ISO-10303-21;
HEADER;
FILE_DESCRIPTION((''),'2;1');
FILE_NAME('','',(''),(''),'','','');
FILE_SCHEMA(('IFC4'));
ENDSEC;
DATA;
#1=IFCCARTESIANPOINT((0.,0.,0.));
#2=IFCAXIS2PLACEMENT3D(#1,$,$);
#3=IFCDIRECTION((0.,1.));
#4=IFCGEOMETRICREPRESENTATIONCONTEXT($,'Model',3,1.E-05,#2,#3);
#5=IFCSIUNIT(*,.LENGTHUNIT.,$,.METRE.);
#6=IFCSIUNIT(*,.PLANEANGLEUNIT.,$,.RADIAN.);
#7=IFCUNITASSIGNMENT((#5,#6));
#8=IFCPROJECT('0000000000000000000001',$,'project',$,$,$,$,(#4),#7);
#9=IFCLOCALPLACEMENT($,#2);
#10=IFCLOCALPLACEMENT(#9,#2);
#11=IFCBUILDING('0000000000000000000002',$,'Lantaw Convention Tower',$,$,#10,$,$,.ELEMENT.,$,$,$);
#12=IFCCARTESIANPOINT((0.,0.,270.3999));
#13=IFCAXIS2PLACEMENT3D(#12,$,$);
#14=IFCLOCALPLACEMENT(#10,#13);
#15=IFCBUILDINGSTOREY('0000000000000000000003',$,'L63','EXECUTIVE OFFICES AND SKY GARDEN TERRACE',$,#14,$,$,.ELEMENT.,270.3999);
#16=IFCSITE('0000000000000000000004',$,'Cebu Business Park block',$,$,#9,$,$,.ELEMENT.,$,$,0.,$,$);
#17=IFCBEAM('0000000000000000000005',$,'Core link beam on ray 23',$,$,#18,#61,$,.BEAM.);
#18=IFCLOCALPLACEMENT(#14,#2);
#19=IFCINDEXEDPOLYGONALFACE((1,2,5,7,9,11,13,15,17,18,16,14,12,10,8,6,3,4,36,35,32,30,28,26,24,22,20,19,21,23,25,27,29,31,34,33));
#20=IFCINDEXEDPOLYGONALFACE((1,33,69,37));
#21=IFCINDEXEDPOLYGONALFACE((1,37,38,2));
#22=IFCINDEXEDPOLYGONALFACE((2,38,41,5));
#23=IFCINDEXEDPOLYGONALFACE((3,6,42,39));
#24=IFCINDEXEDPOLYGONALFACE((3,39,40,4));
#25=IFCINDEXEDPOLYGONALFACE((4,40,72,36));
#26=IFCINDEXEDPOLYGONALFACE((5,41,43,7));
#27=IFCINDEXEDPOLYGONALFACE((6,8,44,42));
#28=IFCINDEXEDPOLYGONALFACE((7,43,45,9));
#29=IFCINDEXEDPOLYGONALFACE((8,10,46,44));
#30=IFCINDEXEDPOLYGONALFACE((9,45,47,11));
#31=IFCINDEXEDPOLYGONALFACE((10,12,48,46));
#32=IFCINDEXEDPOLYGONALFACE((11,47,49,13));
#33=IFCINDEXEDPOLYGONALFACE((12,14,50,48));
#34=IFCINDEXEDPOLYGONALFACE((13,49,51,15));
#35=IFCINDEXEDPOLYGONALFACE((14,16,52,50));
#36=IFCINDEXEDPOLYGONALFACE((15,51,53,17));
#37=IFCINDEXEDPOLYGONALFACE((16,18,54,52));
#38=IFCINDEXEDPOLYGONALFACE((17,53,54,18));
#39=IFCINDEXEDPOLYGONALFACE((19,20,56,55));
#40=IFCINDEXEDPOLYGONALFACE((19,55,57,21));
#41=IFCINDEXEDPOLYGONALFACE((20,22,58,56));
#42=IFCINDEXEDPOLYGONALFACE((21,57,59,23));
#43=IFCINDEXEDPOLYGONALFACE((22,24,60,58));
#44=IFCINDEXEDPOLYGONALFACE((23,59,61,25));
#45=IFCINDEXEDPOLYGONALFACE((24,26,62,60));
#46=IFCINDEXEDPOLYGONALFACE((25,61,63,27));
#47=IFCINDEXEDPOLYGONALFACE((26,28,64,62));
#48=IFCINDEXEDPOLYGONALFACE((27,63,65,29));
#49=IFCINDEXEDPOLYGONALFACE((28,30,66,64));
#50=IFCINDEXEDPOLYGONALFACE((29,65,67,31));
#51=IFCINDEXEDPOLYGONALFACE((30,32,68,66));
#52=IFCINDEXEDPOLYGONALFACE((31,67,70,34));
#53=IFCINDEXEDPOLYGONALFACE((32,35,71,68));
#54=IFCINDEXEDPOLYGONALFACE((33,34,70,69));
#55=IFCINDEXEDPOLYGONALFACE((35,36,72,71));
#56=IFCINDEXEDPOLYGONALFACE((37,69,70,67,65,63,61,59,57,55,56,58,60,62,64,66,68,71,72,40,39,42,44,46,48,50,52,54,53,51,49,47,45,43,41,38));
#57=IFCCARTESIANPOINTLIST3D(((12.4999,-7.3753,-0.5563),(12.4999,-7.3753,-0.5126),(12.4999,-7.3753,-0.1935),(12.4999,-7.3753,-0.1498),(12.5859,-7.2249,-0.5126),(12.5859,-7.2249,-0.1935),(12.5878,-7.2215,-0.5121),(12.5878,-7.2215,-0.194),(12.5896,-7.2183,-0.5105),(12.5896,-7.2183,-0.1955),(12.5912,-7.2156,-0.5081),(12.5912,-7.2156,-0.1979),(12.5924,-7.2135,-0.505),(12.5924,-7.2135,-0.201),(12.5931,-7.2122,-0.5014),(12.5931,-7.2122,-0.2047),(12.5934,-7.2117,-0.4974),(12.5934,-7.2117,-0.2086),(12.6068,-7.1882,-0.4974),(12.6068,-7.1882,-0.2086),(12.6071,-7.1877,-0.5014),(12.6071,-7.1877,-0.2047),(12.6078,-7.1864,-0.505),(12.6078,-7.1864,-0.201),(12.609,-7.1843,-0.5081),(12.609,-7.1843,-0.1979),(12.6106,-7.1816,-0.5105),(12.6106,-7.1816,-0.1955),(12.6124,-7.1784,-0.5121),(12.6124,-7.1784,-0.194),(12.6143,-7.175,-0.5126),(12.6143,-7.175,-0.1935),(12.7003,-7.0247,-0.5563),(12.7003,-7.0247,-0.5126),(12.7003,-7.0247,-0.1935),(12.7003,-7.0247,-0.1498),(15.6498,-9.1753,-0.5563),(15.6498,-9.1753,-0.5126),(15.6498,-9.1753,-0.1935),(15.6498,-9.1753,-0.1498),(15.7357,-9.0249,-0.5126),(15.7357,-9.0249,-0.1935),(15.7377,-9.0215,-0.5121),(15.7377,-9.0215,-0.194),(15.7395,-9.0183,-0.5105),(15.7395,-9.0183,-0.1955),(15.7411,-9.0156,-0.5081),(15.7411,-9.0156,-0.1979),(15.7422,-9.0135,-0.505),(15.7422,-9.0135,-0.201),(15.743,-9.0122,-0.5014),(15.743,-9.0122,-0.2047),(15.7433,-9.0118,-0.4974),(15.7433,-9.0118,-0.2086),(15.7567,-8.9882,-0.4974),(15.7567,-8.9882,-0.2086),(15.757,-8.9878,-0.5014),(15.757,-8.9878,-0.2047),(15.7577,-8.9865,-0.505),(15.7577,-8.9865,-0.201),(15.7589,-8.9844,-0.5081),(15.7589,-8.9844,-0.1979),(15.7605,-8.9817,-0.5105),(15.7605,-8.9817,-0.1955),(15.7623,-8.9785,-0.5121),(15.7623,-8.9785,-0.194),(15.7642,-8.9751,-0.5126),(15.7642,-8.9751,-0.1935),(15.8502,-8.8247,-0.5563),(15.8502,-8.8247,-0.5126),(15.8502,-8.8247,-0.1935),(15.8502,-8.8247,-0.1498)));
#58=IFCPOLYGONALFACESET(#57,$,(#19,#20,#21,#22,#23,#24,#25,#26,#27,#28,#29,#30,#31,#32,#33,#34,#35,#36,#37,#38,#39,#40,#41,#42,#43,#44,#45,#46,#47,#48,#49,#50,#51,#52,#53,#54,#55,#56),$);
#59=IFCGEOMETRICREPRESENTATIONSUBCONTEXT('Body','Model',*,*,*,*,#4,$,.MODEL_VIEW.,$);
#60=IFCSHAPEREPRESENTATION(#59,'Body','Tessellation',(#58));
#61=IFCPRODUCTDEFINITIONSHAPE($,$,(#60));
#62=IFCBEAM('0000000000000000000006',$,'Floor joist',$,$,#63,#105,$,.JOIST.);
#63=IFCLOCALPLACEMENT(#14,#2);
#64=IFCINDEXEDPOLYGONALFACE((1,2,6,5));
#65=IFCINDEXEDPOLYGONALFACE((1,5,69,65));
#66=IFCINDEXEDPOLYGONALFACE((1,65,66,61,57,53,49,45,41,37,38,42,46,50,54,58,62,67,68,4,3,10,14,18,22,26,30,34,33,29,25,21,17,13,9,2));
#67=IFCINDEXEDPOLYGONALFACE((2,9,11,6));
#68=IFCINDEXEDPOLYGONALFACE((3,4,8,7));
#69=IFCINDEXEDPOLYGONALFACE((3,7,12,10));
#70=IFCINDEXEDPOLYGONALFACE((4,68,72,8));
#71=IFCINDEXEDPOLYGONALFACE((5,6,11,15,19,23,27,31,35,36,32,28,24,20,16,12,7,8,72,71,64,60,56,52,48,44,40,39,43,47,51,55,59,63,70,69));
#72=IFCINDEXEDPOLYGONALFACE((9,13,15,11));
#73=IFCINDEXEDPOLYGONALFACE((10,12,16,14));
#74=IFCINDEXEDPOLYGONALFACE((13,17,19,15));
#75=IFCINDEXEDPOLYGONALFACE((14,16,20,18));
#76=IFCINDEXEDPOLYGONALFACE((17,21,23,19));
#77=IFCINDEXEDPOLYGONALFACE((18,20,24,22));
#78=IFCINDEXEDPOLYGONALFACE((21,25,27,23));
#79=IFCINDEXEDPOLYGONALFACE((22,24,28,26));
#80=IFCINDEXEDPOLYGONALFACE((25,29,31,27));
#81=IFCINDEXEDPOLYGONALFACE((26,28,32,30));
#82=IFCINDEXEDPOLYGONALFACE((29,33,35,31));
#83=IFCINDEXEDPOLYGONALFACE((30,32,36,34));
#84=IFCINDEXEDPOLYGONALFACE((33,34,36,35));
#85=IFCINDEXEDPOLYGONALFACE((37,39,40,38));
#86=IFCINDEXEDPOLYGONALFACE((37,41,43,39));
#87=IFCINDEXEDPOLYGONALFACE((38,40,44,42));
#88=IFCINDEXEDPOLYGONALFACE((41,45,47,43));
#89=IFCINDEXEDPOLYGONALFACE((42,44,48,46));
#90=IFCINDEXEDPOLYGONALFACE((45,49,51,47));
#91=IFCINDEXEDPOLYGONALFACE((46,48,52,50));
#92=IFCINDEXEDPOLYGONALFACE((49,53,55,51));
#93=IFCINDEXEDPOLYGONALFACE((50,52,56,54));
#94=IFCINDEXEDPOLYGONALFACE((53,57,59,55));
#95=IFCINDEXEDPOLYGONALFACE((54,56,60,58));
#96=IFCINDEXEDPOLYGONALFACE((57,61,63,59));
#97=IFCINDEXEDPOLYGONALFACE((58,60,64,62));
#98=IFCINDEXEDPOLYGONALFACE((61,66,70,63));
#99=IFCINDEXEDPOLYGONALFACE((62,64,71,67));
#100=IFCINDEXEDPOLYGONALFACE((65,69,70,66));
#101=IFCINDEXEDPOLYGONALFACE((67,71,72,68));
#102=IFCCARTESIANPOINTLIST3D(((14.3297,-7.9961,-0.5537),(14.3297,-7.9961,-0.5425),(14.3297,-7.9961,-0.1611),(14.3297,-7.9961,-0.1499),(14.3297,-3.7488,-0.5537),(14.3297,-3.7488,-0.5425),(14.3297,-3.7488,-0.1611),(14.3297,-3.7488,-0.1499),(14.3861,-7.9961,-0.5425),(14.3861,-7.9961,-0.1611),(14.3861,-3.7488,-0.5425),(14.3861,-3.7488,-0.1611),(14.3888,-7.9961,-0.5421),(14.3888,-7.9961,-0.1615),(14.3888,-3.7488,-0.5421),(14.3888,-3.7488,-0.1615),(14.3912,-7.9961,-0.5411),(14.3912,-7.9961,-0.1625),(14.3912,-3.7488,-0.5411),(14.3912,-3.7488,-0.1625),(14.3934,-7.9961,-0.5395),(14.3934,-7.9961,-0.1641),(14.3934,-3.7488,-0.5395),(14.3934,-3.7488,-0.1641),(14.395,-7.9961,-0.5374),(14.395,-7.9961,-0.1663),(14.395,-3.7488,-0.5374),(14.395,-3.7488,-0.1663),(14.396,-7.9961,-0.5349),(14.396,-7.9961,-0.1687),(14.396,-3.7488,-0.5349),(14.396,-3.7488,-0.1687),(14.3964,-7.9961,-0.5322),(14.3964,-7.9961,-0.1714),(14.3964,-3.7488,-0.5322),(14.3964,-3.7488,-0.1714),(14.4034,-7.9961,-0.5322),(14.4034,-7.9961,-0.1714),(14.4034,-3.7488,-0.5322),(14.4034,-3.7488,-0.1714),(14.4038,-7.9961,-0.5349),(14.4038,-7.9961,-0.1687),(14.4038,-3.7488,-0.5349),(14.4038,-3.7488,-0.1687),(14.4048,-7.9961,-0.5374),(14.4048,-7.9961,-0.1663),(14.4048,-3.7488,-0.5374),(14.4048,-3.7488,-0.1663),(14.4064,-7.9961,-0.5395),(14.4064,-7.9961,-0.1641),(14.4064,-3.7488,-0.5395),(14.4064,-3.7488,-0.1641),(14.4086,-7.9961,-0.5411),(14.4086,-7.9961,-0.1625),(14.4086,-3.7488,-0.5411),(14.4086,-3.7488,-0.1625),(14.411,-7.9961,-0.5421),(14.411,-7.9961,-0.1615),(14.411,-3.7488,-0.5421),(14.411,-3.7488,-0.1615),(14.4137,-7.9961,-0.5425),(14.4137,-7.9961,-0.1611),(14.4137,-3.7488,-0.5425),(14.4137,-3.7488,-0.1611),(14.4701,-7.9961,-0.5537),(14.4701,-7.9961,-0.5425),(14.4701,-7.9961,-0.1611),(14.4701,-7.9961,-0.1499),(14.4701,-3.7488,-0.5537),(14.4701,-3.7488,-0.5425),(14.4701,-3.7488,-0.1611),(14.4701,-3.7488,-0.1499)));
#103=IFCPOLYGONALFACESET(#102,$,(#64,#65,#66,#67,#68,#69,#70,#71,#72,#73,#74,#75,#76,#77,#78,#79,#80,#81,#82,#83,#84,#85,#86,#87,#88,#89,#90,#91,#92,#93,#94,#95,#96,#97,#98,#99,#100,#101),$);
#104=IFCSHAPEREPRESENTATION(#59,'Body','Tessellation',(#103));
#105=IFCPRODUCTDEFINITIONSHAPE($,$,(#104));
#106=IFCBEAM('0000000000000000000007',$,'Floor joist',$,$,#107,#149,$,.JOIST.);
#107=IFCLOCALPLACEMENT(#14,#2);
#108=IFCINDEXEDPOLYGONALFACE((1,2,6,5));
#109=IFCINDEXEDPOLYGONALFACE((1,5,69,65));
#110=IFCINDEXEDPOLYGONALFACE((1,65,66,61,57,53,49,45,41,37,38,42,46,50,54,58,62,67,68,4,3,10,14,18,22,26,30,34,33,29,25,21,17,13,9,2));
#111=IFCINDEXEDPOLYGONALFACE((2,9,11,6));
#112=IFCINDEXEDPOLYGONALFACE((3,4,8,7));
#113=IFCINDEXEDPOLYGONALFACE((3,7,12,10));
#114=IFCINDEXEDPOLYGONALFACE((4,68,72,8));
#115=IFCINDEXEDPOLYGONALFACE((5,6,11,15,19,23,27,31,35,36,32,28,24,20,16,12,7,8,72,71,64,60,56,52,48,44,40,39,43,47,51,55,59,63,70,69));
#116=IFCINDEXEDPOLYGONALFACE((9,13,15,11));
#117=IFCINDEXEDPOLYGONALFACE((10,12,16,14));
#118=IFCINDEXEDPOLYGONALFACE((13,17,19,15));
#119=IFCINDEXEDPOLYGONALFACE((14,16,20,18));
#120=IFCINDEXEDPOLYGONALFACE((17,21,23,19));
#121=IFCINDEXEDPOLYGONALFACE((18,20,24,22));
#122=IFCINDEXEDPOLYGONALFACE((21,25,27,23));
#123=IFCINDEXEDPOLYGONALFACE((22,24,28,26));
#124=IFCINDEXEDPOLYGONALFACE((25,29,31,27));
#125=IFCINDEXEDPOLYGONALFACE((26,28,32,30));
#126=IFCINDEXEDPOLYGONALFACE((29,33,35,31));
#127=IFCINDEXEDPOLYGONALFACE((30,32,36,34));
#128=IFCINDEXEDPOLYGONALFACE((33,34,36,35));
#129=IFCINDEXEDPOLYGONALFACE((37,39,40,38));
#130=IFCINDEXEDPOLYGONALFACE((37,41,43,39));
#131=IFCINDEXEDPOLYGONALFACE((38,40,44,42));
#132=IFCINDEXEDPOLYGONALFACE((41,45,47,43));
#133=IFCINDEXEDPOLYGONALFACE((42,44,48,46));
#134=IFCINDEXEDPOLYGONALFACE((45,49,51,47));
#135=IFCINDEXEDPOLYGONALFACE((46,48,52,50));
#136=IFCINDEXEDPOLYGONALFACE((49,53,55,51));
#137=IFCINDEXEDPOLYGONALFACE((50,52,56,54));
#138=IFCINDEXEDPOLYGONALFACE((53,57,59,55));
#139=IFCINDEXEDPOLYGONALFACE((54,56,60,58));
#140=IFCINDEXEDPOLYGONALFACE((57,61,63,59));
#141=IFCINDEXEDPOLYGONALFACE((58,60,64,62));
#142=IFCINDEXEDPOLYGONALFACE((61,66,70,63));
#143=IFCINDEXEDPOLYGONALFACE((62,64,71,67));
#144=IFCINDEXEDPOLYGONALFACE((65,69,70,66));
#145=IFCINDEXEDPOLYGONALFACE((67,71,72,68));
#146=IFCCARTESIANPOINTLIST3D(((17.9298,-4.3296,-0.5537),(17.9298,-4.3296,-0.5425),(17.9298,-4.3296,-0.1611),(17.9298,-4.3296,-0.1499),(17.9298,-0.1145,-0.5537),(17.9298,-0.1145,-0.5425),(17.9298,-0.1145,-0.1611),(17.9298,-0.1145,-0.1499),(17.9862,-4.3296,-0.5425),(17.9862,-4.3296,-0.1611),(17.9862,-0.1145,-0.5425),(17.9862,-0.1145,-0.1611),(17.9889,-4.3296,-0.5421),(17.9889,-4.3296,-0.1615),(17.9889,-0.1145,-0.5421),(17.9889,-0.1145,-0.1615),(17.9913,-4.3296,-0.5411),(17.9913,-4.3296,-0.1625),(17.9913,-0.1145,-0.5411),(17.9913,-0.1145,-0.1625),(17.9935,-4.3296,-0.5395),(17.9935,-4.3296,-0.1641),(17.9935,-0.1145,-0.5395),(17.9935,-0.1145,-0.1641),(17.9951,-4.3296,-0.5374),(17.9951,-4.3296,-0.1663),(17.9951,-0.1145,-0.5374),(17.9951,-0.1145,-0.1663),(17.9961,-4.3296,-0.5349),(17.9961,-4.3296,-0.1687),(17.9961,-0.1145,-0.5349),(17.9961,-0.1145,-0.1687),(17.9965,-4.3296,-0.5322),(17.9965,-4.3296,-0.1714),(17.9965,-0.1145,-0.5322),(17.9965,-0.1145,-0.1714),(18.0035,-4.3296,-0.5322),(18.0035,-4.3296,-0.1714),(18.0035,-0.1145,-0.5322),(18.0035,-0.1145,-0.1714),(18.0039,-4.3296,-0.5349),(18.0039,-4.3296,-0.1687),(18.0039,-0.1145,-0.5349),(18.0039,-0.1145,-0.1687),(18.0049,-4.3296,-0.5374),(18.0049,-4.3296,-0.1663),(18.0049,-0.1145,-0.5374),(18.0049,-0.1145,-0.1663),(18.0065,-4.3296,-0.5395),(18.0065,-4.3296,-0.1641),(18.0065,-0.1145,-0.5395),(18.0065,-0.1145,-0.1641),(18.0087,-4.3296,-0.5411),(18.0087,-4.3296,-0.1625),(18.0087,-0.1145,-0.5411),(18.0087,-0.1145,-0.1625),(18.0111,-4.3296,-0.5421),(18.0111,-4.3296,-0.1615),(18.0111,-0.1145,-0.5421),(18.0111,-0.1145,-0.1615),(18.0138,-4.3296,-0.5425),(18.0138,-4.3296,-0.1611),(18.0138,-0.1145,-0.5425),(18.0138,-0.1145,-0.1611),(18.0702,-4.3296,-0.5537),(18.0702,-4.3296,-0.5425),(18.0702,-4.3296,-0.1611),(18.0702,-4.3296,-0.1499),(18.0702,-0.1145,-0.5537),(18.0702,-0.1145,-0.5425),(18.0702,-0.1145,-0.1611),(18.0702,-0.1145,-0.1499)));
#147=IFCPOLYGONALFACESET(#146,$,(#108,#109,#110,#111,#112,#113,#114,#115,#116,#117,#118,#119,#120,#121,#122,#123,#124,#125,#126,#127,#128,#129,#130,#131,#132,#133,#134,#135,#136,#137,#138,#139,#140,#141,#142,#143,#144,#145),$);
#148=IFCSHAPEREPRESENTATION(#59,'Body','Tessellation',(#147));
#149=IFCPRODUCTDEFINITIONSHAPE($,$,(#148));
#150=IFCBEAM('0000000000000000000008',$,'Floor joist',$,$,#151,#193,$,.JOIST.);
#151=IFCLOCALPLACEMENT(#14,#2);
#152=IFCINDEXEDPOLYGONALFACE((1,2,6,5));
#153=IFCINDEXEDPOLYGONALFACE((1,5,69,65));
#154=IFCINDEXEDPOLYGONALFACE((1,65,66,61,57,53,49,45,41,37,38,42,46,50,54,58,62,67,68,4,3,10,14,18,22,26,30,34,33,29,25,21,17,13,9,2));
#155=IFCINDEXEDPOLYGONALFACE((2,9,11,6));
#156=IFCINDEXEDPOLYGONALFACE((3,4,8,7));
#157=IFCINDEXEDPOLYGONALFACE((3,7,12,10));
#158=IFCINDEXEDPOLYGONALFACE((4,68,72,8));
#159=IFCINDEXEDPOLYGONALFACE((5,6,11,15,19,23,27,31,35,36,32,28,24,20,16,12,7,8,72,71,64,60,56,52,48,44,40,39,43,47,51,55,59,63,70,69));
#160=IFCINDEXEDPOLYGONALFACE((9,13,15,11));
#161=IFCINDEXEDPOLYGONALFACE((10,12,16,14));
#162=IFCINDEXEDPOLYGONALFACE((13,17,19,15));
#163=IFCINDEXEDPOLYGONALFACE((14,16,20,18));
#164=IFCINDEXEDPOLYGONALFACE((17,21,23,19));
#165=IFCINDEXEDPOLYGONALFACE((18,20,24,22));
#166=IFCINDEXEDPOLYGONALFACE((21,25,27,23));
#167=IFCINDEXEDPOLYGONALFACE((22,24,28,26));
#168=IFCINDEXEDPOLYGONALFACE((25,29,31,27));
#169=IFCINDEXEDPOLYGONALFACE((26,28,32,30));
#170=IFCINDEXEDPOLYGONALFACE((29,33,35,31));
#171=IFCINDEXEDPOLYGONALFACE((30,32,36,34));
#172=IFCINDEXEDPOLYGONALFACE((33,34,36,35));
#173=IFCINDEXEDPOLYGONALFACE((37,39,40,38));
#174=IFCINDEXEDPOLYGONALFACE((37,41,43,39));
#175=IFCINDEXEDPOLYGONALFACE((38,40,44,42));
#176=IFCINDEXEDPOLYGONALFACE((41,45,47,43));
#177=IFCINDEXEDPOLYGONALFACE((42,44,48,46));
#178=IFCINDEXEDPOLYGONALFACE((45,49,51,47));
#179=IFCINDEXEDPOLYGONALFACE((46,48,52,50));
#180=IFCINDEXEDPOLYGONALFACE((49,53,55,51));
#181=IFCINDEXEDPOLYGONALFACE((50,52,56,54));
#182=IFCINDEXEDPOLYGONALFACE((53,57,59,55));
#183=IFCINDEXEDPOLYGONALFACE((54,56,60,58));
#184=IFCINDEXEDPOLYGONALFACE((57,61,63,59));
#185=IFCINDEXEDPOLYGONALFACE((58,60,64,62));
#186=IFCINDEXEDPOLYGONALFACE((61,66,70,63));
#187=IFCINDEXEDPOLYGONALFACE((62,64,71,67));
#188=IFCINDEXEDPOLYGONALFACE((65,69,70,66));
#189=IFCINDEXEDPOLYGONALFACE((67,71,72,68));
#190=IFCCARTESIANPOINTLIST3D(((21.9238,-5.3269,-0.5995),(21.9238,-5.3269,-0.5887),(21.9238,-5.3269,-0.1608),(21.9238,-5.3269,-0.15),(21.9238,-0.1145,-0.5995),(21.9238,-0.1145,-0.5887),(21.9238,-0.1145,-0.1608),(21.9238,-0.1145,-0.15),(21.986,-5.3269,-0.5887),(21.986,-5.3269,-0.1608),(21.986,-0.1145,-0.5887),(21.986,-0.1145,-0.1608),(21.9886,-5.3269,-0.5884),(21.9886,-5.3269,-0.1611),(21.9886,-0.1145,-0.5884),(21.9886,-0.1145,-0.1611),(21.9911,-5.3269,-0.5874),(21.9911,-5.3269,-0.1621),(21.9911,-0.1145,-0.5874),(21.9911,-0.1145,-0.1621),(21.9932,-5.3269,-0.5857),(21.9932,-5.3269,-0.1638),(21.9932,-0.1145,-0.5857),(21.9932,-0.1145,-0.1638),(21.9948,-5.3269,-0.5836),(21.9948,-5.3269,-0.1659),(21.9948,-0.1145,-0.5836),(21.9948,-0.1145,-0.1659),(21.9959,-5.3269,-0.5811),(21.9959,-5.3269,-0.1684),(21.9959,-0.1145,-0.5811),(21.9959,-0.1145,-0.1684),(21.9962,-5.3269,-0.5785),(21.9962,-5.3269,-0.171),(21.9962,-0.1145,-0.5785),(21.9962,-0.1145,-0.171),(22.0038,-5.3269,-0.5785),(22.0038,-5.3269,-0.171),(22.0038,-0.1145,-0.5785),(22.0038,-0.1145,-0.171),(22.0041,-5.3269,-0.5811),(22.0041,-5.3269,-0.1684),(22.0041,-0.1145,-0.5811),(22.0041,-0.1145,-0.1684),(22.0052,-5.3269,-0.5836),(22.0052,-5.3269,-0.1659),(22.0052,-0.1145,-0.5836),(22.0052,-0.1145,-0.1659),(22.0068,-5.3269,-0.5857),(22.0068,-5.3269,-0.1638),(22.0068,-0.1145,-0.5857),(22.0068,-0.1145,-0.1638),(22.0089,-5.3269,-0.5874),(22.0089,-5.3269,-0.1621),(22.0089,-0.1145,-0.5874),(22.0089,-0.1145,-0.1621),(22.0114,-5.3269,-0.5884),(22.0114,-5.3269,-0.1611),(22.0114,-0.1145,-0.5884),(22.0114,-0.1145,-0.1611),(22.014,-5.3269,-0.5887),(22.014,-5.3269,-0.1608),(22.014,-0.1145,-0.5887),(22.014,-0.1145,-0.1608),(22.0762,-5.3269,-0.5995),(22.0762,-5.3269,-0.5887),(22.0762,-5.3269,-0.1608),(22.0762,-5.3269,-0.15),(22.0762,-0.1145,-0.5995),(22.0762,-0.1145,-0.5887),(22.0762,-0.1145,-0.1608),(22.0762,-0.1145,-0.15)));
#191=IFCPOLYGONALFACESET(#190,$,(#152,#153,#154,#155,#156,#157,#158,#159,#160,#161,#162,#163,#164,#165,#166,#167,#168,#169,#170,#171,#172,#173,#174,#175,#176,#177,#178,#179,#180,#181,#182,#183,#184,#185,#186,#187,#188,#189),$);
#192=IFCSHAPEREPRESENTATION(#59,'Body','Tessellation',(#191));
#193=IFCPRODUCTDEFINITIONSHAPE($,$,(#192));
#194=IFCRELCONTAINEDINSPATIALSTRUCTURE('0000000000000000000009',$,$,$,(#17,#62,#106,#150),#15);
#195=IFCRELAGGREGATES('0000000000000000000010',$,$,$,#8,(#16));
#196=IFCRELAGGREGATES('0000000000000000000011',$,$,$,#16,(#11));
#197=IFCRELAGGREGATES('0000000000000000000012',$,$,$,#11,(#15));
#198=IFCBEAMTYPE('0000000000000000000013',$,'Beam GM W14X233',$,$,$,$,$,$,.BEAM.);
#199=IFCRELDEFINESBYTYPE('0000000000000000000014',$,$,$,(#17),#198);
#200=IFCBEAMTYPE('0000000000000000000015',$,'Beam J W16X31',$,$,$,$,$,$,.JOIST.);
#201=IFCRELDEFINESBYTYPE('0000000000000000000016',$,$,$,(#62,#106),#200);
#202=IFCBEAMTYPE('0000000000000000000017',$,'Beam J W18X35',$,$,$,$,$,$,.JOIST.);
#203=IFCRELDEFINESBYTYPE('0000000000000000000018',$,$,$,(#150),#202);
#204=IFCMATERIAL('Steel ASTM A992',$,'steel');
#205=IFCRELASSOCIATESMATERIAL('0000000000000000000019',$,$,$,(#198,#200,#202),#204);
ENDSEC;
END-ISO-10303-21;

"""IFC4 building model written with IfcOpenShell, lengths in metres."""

from ifc_helpers import new_model, si_unit, direction, frame, origin, origin_2d, place, context, subcontext, project, spatial, i_section, extrude, material, material_profile, profile_set, type_object, element, save


model = new_model("IFC4")

# Units and contexts
model_context = context("Model", 3, precision=1e-05, world=origin(), true_north=direction((0.0, 1.0)))
body_context = subcontext(model_context, "Body", "Model", "MODEL_VIEW")
ifc_project = project(units=[si_unit("LENGTHUNIT", "METRE"), si_unit("PLANEANGLEUNIT", "RADIAN")], contexts=[model_context])

# Site, building, storey
site_placement = place(None, origin())
site = spatial("IfcSite", under=ifc_project, at=site_placement, Name="Cebu Business Park block", CompositionType="ELEMENT", RefElevation=0.0)
building_placement = place(site_placement, origin())
building = spatial("IfcBuilding", under=site, at=building_placement, Name="Lantaw Convention Tower", CompositionType="ELEMENT")
storey_placement = place(building_placement, frame((0.0, 0.0, 270.3999)))
storey = spatial("IfcBuildingStorey", under=building, at=storey_placement, Name="L63", Description="EXECUTIVE OFFICES AND SKY GARDEN TERRACE", CompositionType="ELEMENT", Elevation=270.3999)

# Beams
ifc_material_1 = material(Name="Steel ASTM A992", Category="steel")
ifc_material_profile_1 = material_profile(ifc_material_1, i_section(OverallWidth=0.4038, OverallDepth=0.4065, WebThickness=0.0271, FlangeThickness=0.0437, FilletRadius=0.0151, at=origin_2d()), Name="W14X233")
ifc_profile_set_1 = profile_set([ifc_material_profile_1], Name="Steel ASTM A992")
beam_type_1 = type_object("IfcBeamType", Name="Beam GM W14X233", PredefinedType="BEAM", material=ifc_profile_set_1)
beam_1_placement = place(storey_placement, frame((12.6001, -7.2, -0.353), z_axis=(0.868231, -0.496161, 0.0), x_axis=(0.496161, 0.868231, 0.0)))
element("IfcBeam", 1, at=beam_1_placement, inside=storey, type_object=beam_type_1, Name="Core link beam on ray 23", PredefinedType="BEAM", context=body_context, shape_type="SweptSolid", body=[
    extrude(i_section(OverallWidth=0.4038, OverallDepth=0.4065, WebThickness=0.0271, FlangeThickness=0.0437, FilletRadius=0.0151, at=origin_2d()), origin(), (0.0, 0.0, 1.0), 3.6279),
])
ifc_material_profile_2 = material_profile(ifc_material_1, i_section(OverallWidth=0.1404, OverallDepth=0.4038, WebThickness=0.0071, FlangeThickness=0.0112, FilletRadius=0.0103, at=origin_2d()), Name="W16X31")
ifc_profile_set_2 = profile_set([ifc_material_profile_2], Name="Steel ASTM A992")
beam_type_2 = type_object("IfcBeamType", Name="Beam J W16X31", PredefinedType="JOIST", material=ifc_profile_set_2)
beam_2_placement = place(storey_placement, frame((14.3999, -7.9961, -0.3518), z_axis=(0.0, 1.0, 0.0), x_axis=(-1.0, 0.0, 0.0)))
element("IfcBeam", 2, at=beam_2_placement, inside=storey, type_object=beam_type_2, Name="Floor joist", PredefinedType="JOIST", context=body_context, shape_type="SweptSolid", body=[
    extrude(i_section(OverallWidth=0.1404, OverallDepth=0.4038, WebThickness=0.0071, FlangeThickness=0.0112, FilletRadius=0.0103, at=origin_2d()), origin(), (0.0, 0.0, 1.0), 4.2473),
])
beam_3_placement = place(storey_placement, frame((18.0, -4.3296, -0.3518), z_axis=(0.0, 1.0, 0.0), x_axis=(-1.0, 0.0, 0.0)))
element("IfcBeam", 3, at=beam_3_placement, inside=storey, type_object=beam_type_2, Name="Floor joist", PredefinedType="JOIST", context=body_context, shape_type="SweptSolid", body=[
    extrude(i_section(OverallWidth=0.1404, OverallDepth=0.4038, WebThickness=0.0071, FlangeThickness=0.0112, FilletRadius=0.0103, at=origin_2d()), origin(), (0.0, 0.0, 1.0), 4.2151),
])
ifc_material_profile_3 = material_profile(ifc_material_1, i_section(OverallWidth=0.1523, OverallDepth=0.4495, WebThickness=0.0076, FlangeThickness=0.0107, FilletRadius=0.0103, at=origin_2d()), Name="W18X35")
ifc_profile_set_3 = profile_set([ifc_material_profile_3], Name="Steel ASTM A992")
beam_type_3 = type_object("IfcBeamType", Name="Beam J W18X35", PredefinedType="JOIST", material=ifc_profile_set_3)
beam_4_placement = place(storey_placement, frame((22.0, -5.3269, -0.3748), z_axis=(0.0, 1.0, 0.0), x_axis=(-1.0, 0.0, 0.0)))
element("IfcBeam", 4, at=beam_4_placement, inside=storey, type_object=beam_type_3, Name="Floor joist", PredefinedType="JOIST", context=body_context, shape_type="SweptSolid", body=[
    extrude(i_section(OverallWidth=0.1523, OverallDepth=0.4495, WebThickness=0.0076, FlangeThickness=0.0107, FilletRadius=0.0103, at=origin_2d()), origin(), (0.0, 0.0, 1.0), 5.2124),
])

save(model, "model.ifc")
